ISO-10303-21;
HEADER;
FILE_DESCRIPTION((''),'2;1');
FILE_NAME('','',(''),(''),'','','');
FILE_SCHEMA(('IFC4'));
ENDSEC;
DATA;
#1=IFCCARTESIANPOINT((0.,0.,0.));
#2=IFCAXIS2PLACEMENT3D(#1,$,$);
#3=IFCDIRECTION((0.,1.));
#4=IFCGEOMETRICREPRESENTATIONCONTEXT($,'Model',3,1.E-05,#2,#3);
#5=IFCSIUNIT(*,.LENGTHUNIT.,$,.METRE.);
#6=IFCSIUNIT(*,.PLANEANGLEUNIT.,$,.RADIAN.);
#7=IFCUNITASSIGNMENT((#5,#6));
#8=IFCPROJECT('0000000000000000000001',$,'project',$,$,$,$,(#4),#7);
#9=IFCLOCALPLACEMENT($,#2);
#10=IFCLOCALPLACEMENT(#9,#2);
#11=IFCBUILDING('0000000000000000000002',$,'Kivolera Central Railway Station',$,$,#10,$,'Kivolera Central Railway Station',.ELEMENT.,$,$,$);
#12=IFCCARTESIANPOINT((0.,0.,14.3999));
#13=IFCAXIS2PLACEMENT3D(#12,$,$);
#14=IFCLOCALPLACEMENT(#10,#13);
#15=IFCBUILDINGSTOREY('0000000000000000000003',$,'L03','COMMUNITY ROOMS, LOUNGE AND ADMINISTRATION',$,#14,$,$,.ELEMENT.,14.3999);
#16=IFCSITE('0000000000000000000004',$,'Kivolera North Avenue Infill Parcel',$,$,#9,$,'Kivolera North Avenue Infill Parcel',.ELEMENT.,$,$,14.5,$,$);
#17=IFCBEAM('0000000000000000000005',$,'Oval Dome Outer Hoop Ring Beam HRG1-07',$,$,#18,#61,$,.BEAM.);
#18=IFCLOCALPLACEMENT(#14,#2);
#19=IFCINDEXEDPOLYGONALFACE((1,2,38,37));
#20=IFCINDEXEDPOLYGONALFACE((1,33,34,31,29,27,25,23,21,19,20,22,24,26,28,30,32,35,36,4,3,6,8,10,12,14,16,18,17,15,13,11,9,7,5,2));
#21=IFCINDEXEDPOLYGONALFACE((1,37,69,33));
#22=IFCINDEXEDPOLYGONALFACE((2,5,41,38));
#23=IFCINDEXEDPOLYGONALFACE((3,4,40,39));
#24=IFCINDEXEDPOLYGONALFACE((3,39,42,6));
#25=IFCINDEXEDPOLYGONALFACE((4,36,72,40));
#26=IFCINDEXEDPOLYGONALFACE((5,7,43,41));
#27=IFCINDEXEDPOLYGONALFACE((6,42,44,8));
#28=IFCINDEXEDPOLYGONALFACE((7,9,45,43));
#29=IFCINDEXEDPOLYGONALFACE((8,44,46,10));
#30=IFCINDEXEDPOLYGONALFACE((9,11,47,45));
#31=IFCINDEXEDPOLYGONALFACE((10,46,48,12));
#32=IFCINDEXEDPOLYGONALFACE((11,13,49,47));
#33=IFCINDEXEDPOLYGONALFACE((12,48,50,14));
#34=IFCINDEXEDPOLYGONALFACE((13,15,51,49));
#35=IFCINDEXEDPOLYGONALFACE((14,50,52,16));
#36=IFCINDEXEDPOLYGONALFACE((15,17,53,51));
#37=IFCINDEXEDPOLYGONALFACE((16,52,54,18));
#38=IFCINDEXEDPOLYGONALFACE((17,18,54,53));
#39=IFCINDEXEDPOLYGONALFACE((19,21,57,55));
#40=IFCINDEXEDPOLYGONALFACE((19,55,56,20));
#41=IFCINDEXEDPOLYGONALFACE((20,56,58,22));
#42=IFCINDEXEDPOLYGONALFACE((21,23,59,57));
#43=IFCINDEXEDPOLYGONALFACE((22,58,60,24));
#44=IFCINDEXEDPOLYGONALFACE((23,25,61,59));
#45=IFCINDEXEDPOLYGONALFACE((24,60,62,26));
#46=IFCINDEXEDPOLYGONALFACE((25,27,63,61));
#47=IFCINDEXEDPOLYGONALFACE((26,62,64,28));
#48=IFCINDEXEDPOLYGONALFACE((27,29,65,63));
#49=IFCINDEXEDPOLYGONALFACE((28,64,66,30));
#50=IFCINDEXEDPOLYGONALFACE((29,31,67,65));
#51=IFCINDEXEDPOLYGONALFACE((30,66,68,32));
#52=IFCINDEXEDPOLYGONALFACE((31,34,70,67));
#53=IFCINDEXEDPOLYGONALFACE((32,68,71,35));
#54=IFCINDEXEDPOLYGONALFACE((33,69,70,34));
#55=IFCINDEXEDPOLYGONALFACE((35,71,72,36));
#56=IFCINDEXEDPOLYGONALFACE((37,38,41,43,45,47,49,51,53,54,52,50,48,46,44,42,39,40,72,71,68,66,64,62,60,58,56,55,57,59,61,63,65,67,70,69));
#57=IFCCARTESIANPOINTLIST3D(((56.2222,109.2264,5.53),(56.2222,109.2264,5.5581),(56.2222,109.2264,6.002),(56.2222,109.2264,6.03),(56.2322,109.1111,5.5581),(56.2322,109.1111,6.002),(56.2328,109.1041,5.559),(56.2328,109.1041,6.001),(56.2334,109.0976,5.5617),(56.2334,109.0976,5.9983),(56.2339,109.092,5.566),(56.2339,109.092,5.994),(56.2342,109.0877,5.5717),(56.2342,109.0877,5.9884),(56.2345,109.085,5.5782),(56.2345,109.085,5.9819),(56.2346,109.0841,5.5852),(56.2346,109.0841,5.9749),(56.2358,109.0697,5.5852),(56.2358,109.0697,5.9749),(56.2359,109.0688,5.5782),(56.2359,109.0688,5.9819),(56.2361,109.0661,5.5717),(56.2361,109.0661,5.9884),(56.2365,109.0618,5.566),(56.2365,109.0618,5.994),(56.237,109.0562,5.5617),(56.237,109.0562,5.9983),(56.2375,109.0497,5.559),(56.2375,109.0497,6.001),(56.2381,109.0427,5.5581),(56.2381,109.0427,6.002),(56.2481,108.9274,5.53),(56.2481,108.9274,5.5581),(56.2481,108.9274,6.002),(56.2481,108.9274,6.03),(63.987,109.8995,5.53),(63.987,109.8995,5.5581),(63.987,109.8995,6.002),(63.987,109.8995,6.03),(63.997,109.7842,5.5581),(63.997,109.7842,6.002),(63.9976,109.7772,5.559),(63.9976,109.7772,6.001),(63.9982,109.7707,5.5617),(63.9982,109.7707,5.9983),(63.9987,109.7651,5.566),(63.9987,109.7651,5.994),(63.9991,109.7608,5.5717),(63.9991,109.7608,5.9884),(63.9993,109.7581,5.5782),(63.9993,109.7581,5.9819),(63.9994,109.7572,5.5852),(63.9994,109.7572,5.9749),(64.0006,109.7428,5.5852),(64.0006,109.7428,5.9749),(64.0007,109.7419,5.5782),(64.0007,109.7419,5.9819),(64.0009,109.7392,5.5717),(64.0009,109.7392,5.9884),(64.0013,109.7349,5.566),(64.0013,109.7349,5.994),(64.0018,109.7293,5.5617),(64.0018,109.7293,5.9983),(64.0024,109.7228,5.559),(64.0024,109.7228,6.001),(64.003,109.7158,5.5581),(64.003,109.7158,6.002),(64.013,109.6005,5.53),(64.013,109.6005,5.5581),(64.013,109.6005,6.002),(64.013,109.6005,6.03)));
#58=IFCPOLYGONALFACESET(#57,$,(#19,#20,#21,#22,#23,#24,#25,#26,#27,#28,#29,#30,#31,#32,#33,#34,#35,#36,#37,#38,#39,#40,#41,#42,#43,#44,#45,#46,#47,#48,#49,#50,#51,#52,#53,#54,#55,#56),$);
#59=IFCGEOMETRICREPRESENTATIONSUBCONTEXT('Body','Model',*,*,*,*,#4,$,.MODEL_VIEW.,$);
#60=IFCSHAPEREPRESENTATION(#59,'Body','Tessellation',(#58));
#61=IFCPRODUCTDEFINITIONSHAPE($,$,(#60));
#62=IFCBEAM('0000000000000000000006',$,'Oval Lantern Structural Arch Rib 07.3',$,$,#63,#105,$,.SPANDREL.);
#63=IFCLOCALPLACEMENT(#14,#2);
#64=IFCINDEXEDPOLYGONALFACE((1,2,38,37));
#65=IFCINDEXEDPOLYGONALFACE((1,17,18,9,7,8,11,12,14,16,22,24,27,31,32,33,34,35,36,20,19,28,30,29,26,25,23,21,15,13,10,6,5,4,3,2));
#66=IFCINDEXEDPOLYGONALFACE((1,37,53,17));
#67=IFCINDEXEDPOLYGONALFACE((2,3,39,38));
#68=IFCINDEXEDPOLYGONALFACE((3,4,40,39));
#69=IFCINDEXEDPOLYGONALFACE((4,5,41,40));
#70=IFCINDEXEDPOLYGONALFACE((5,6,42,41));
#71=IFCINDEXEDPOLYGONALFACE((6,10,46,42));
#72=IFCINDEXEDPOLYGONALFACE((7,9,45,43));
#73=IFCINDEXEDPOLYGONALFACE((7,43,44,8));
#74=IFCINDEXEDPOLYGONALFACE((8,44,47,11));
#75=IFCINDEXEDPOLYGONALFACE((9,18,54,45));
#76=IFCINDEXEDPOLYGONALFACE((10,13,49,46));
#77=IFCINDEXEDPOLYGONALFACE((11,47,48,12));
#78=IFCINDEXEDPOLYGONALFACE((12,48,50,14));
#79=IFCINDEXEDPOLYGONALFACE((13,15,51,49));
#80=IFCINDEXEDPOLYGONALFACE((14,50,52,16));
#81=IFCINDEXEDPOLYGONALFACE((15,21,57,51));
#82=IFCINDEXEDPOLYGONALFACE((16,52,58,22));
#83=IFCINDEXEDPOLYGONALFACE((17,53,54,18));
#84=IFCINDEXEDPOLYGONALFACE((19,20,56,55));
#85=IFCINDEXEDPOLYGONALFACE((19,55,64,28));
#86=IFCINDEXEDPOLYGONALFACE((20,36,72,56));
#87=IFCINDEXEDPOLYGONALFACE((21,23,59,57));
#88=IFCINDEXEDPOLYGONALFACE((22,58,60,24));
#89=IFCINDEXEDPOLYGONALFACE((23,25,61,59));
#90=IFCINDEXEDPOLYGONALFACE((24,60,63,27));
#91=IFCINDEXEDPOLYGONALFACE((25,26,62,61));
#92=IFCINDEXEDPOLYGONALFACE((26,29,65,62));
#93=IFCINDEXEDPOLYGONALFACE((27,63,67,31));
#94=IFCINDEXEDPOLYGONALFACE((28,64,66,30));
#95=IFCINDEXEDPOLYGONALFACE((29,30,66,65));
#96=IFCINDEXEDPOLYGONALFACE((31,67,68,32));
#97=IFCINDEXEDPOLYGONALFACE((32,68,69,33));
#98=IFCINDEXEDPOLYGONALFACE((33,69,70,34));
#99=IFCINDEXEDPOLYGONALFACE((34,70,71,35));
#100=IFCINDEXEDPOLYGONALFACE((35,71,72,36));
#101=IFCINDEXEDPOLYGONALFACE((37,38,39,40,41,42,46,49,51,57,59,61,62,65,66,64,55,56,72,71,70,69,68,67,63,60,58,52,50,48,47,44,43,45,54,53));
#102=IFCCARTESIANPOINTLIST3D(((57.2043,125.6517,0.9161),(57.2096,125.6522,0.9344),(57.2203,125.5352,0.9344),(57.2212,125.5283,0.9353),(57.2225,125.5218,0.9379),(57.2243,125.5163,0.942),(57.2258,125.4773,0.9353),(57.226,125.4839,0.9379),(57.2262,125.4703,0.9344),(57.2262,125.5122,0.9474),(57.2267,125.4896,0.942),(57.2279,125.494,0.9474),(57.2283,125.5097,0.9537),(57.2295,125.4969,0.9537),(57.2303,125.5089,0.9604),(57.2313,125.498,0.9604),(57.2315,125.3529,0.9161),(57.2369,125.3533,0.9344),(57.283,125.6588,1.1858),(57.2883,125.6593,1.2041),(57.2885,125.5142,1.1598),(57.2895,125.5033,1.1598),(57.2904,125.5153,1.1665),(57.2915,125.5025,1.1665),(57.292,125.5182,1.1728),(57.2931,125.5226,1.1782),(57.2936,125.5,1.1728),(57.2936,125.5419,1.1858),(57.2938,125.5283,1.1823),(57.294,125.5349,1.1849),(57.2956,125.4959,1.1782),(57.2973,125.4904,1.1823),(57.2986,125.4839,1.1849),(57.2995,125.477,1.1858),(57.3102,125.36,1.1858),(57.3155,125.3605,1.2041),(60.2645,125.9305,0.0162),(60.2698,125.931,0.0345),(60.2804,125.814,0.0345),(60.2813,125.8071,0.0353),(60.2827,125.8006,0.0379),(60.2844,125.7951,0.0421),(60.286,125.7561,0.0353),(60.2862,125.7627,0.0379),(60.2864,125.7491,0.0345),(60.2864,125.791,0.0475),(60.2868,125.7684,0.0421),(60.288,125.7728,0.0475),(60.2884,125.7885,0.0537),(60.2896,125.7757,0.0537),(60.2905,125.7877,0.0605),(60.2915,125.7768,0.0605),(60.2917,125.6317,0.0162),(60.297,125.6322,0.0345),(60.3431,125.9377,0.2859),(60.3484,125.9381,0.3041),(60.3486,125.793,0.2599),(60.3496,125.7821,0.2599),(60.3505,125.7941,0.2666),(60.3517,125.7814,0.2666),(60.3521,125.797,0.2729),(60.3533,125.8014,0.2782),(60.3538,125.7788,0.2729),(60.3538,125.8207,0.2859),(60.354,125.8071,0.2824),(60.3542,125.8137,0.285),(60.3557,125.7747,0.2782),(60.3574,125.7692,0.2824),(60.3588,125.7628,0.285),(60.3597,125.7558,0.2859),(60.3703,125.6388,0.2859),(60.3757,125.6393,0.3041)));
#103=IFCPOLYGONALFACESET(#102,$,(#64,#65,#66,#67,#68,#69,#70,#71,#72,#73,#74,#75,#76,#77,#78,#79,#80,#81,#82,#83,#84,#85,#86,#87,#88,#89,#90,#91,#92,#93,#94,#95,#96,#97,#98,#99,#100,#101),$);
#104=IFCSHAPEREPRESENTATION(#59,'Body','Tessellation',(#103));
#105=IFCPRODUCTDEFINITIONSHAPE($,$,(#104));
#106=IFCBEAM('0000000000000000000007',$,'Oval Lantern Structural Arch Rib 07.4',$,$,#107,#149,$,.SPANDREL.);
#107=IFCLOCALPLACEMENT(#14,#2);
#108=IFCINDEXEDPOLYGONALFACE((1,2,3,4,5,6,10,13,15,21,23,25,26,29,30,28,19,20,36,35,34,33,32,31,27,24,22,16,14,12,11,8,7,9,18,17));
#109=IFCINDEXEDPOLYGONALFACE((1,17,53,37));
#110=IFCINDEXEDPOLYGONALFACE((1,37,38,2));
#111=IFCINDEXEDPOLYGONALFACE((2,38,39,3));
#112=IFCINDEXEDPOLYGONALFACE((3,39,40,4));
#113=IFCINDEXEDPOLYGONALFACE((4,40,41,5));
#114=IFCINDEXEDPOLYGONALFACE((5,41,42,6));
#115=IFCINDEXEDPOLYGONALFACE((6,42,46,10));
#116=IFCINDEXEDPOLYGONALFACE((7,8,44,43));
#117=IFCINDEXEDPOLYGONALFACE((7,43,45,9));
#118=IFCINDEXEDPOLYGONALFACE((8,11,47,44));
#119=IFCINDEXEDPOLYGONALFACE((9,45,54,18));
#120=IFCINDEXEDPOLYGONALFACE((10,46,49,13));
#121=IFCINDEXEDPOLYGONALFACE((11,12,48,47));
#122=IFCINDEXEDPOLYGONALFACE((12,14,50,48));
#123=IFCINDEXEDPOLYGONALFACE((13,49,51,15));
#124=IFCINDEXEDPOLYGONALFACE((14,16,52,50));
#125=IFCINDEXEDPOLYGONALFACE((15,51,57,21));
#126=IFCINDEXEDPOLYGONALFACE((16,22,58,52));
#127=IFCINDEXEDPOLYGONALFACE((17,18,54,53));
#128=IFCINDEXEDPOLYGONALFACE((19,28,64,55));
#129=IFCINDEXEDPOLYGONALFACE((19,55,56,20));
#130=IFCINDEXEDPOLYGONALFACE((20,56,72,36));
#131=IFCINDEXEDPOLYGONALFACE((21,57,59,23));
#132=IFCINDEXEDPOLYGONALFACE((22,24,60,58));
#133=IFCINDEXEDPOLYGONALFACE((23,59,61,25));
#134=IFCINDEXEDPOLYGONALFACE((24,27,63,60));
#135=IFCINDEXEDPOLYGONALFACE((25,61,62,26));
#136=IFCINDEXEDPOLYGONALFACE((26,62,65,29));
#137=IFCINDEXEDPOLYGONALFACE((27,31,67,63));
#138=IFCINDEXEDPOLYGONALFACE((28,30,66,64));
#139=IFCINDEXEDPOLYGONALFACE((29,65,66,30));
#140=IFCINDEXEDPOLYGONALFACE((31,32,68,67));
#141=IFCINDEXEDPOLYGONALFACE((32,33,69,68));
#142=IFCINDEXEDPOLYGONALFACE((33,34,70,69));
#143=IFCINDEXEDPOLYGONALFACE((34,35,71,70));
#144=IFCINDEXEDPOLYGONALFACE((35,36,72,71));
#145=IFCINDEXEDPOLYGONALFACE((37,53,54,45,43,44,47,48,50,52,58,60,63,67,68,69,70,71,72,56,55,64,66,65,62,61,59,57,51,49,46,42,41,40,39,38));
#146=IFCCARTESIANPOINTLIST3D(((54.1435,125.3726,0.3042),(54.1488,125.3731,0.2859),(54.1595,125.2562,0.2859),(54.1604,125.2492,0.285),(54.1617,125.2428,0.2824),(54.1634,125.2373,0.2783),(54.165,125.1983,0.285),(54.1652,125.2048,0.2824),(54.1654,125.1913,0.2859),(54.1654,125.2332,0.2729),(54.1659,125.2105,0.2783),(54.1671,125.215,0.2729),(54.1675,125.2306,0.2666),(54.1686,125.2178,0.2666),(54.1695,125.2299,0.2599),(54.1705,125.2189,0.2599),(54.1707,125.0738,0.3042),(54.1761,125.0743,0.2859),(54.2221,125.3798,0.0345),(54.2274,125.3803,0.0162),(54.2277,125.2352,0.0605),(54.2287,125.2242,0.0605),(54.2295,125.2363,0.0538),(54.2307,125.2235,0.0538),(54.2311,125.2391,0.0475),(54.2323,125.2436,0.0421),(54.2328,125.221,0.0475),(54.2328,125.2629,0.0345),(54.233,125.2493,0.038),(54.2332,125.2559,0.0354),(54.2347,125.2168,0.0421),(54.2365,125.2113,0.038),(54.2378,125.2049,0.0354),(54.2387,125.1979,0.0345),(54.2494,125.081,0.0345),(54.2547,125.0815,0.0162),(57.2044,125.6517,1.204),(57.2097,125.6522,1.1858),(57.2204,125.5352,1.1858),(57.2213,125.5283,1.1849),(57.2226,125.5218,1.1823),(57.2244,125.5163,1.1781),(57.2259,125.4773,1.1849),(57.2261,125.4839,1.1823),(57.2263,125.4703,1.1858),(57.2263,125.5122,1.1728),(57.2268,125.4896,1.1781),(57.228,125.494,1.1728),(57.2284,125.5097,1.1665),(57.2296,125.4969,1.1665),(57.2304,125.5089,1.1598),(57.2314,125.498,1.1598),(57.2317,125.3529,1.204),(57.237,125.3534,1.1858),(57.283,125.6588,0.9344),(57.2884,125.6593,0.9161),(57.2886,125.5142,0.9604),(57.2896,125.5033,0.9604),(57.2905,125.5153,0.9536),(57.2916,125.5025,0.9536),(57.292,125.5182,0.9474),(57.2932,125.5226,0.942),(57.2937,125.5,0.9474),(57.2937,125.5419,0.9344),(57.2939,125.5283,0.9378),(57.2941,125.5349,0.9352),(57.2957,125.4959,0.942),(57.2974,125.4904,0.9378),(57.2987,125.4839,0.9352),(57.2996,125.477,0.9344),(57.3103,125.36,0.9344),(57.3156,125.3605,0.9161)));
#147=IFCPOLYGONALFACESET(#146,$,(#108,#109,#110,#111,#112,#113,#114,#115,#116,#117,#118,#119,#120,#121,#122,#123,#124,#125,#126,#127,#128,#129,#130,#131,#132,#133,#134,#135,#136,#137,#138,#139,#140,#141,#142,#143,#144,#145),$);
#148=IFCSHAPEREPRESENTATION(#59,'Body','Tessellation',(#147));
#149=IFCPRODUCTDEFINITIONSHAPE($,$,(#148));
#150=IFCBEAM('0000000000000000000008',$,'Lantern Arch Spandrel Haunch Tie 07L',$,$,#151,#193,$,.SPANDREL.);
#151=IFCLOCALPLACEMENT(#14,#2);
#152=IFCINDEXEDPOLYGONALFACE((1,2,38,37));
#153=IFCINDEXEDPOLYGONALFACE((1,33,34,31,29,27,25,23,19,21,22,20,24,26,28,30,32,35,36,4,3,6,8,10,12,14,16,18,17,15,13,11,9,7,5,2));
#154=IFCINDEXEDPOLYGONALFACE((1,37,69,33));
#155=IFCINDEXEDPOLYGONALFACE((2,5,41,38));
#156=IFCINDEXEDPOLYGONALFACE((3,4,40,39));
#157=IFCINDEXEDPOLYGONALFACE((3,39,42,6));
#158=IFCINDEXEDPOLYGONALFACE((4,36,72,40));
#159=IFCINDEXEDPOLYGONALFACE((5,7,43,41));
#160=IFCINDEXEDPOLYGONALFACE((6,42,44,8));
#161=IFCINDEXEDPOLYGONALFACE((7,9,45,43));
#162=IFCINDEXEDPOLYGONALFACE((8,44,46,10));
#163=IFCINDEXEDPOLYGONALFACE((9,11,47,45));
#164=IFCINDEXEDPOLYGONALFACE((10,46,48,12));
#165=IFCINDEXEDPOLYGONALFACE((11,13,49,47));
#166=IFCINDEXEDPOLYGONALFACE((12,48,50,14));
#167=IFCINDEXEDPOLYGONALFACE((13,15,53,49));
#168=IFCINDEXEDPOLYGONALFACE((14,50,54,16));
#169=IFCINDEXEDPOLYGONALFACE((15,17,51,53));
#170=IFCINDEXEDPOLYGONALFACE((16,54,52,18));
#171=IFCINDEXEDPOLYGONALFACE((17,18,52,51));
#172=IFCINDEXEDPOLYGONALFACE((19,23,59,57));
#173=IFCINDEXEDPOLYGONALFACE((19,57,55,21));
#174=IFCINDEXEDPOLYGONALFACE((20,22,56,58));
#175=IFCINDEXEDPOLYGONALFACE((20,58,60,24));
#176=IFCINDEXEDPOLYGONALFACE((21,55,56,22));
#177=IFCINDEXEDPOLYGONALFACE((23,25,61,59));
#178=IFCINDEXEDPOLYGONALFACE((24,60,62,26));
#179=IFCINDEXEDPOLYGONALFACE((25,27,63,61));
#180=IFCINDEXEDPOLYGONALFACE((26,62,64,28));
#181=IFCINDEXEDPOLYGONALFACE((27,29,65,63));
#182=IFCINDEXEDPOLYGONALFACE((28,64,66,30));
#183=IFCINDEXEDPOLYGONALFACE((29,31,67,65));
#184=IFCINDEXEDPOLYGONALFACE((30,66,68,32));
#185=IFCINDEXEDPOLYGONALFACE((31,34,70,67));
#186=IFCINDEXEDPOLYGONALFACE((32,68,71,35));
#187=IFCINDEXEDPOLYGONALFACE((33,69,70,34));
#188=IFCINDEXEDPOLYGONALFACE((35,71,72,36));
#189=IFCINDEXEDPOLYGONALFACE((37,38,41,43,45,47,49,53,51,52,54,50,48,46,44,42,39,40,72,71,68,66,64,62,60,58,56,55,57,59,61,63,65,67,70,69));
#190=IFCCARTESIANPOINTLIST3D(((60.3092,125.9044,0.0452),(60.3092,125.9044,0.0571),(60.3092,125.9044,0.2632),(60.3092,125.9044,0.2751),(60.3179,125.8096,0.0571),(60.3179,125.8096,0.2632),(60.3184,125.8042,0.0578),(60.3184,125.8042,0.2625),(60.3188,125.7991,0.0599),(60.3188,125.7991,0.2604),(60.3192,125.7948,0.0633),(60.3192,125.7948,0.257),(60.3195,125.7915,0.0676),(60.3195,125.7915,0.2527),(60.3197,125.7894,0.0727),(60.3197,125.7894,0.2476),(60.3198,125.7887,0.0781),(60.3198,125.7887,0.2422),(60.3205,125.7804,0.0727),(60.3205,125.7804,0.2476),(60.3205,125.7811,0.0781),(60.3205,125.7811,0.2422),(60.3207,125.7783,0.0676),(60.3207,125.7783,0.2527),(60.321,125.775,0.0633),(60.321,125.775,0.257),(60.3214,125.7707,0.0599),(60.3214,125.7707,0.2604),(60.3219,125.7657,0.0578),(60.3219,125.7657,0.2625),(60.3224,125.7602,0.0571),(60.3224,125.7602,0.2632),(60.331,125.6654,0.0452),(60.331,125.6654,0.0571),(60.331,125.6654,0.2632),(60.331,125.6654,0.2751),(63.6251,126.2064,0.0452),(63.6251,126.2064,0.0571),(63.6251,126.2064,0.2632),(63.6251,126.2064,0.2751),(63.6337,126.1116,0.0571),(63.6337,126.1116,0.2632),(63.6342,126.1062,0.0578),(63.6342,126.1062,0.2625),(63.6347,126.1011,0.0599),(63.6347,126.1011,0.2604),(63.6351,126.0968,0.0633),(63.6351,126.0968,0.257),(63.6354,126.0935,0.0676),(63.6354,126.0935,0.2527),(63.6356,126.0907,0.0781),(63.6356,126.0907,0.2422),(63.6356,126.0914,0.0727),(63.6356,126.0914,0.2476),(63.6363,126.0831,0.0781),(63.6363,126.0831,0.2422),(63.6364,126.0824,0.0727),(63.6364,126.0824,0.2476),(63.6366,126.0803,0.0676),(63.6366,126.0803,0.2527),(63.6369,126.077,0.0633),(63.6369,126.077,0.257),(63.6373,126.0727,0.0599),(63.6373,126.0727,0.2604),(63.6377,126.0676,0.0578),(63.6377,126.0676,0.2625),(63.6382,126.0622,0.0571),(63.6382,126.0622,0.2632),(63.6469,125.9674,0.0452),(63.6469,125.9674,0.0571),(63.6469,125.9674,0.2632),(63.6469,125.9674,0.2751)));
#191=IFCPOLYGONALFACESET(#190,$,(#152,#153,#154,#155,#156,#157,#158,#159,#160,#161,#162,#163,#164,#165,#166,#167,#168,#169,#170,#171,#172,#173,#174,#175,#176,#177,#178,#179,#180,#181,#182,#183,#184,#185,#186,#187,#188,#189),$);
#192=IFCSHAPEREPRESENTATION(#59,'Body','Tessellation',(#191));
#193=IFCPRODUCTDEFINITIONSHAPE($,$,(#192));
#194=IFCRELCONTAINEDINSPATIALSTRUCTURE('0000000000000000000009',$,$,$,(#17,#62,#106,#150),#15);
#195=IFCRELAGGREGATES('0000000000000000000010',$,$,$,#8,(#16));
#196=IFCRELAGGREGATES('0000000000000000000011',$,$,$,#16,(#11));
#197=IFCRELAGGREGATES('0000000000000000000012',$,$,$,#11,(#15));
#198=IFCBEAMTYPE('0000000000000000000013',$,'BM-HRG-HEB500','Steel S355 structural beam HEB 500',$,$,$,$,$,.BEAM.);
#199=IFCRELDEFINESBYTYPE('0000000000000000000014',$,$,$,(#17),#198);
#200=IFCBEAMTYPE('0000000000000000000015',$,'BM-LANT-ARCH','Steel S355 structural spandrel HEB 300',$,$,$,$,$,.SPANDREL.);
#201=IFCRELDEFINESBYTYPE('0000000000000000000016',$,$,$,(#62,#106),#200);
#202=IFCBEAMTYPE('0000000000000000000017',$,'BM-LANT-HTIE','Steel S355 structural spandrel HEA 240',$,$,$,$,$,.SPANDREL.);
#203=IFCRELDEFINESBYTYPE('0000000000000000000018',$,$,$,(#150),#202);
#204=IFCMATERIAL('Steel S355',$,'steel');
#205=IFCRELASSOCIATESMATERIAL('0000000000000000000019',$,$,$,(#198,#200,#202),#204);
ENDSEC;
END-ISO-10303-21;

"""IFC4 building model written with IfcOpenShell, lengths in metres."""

from ifc_helpers import new_model, si_unit, direction, frame, origin, origin_2d, place, context, subcontext, project, spatial, i_section, extrude, material, material_profile, profile_set, type_object, element, save


model = new_model("IFC4")

# Units and contexts
model_context = context("Model", 3, precision=1e-05, world=origin(), true_north=direction((0.0, 1.0)))
body_context = subcontext(model_context, "Body", "Model", "MODEL_VIEW")
ifc_project = project(units=[si_unit("LENGTHUNIT", "METRE"), si_unit("PLANEANGLEUNIT", "RADIAN")], contexts=[model_context])

# Site, building, storey
site_placement = place(None, origin())
site = spatial("IfcSite", under=ifc_project, at=site_placement, Name="Kivolera North Avenue Infill Parcel", LongName="Kivolera North Avenue Infill Parcel", CompositionType="ELEMENT", RefElevation=14.5)
building_placement = place(site_placement, origin())
building = spatial("IfcBuilding", under=site, at=building_placement, Name="Kivolera Central Railway Station", LongName="Kivolera Central Railway Station", CompositionType="ELEMENT")
storey_placement = place(building_placement, frame((0.0, 0.0, 14.3999)))
storey = spatial("IfcBuildingStorey", under=building, at=storey_placement, Name="L03", Description="COMMUNITY ROOMS, LOUNGE AND ADMINISTRATION", CompositionType="ELEMENT", Elevation=14.3999)

# Beams
ifc_material_1 = material(Name="Steel S355", Category="steel")
ifc_material_profile_1 = material_profile(ifc_material_1, i_section(OverallWidth=0.3, OverallDepth=0.5, WebThickness=0.0144, FlangeThickness=0.0281, FilletRadius=0.0271, at=origin_2d()), Name="HEB 500")
ifc_profile_set_1 = profile_set([ifc_material_profile_1], Name="Steel S355")
beam_type_1 = type_object("IfcBeamType", Name="BM-HRG-HEB500", Description="Steel S355 structural beam HEB 500", PredefinedType="BEAM", material=ifc_profile_set_1)
beam_1_placement = place(storey_placement, frame((64.0, 109.75, 5.78), z_axis=(-0.996264, -0.086361, 0.0), x_axis=(0.086361, -0.996264, 0.0)))
element("IfcBeam", 1, at=beam_1_placement, inside=storey, type_object=beam_type_1, Name="Oval Dome Outer Hoop Ring Beam HRG1-07", PredefinedType="BEAM", context=body_context, shape_type="SweptSolid", body=[
    extrude(i_section(OverallWidth=0.3, OverallDepth=0.5, WebThickness=0.0144, FlangeThickness=0.0281, FilletRadius=0.0271, at=origin_2d()), origin(), (0.0, 0.0, 1.0), 7.7939),
])
ifc_material_profile_2 = material_profile(ifc_material_1, i_section(OverallWidth=0.3, OverallDepth=0.3, WebThickness=0.011, FlangeThickness=0.019, FilletRadius=0.0271, at=origin_2d()), Name="HEB 300")
ifc_profile_set_2 = profile_set([ifc_material_profile_2], Name="Steel S355")
beam_type_2 = type_object("IfcBeamType", Name="BM-LANT-ARCH", Description="Steel S355 structural spandrel HEB 300", PredefinedType="SPANDREL", material=ifc_profile_set_2)
beam_2_placement = place(storey_placement, frame((60.3201, 125.7849, 0.1602), z_axis=(-0.955731, -0.087079, 0.281061), x_axis=(0.090736, -0.995875, 0.0)))
element("IfcBeam", 2, at=beam_2_placement, inside=storey, type_object=beam_type_2, Name="Oval Lantern Structural Arch Rib 07.3", PredefinedType="SPANDREL", context=body_context, shape_type="SweptSolid", body=[
    extrude(i_section(OverallWidth=0.3, OverallDepth=0.3, WebThickness=0.011, FlangeThickness=0.019, FilletRadius=0.0271, at=origin_2d()), origin(), (0.0, 0.0, 1.0), 3.2019),
])
beam_3_placement = place(storey_placement, frame((57.26, 125.5061, 1.0601), z_axis=(-0.955751, -0.087129, -0.280978), x_axis=(0.090786, -0.99587, 0.0)))
element("IfcBeam", 3, at=beam_3_placement, inside=storey, type_object=beam_type_2, Name="Oval Lantern Structural Arch Rib 07.4", PredefinedType="SPANDREL", context=body_context, shape_type="SweptSolid", body=[
    extrude(i_section(OverallWidth=0.3, OverallDepth=0.3, WebThickness=0.011, FlangeThickness=0.019, FilletRadius=0.0271, at=origin_2d()), origin(), (0.0, 0.0, 1.0), 3.2026),
])
ifc_material_profile_3 = material_profile(ifc_material_1, i_section(OverallWidth=0.24, OverallDepth=0.23, WebThickness=0.0076, FlangeThickness=0.012, FilletRadius=0.021, at=origin_2d()), Name="HEA 240")
ifc_profile_set_3 = profile_set([ifc_material_profile_3], Name="Steel S355")
beam_type_3 = type_object("IfcBeamType", Name="BM-LANT-HTIE", Description="Steel S355 structural spandrel HEA 240", PredefinedType="SPANDREL", material=ifc_profile_set_3)
beam_4_placement = place(storey_placement, frame((63.636, 126.0869, 0.1602), z_axis=(-0.995878, -0.090701, 0.0), x_axis=(0.090701, -0.995878, 0.0)))
element("IfcBeam", 4, at=beam_4_placement, inside=storey, type_object=beam_type_3, Name="Lantern Arch Spandrel Haunch Tie 07L", PredefinedType="SPANDREL", context=body_context, shape_type="SweptSolid", body=[
    extrude(i_section(OverallWidth=0.24, OverallDepth=0.23, WebThickness=0.0076, FlangeThickness=0.012, FilletRadius=0.021, at=origin_2d()), origin(), (0.0, 0.0, 1.0), 3.3296),
])

save(model, "model.ifc")
